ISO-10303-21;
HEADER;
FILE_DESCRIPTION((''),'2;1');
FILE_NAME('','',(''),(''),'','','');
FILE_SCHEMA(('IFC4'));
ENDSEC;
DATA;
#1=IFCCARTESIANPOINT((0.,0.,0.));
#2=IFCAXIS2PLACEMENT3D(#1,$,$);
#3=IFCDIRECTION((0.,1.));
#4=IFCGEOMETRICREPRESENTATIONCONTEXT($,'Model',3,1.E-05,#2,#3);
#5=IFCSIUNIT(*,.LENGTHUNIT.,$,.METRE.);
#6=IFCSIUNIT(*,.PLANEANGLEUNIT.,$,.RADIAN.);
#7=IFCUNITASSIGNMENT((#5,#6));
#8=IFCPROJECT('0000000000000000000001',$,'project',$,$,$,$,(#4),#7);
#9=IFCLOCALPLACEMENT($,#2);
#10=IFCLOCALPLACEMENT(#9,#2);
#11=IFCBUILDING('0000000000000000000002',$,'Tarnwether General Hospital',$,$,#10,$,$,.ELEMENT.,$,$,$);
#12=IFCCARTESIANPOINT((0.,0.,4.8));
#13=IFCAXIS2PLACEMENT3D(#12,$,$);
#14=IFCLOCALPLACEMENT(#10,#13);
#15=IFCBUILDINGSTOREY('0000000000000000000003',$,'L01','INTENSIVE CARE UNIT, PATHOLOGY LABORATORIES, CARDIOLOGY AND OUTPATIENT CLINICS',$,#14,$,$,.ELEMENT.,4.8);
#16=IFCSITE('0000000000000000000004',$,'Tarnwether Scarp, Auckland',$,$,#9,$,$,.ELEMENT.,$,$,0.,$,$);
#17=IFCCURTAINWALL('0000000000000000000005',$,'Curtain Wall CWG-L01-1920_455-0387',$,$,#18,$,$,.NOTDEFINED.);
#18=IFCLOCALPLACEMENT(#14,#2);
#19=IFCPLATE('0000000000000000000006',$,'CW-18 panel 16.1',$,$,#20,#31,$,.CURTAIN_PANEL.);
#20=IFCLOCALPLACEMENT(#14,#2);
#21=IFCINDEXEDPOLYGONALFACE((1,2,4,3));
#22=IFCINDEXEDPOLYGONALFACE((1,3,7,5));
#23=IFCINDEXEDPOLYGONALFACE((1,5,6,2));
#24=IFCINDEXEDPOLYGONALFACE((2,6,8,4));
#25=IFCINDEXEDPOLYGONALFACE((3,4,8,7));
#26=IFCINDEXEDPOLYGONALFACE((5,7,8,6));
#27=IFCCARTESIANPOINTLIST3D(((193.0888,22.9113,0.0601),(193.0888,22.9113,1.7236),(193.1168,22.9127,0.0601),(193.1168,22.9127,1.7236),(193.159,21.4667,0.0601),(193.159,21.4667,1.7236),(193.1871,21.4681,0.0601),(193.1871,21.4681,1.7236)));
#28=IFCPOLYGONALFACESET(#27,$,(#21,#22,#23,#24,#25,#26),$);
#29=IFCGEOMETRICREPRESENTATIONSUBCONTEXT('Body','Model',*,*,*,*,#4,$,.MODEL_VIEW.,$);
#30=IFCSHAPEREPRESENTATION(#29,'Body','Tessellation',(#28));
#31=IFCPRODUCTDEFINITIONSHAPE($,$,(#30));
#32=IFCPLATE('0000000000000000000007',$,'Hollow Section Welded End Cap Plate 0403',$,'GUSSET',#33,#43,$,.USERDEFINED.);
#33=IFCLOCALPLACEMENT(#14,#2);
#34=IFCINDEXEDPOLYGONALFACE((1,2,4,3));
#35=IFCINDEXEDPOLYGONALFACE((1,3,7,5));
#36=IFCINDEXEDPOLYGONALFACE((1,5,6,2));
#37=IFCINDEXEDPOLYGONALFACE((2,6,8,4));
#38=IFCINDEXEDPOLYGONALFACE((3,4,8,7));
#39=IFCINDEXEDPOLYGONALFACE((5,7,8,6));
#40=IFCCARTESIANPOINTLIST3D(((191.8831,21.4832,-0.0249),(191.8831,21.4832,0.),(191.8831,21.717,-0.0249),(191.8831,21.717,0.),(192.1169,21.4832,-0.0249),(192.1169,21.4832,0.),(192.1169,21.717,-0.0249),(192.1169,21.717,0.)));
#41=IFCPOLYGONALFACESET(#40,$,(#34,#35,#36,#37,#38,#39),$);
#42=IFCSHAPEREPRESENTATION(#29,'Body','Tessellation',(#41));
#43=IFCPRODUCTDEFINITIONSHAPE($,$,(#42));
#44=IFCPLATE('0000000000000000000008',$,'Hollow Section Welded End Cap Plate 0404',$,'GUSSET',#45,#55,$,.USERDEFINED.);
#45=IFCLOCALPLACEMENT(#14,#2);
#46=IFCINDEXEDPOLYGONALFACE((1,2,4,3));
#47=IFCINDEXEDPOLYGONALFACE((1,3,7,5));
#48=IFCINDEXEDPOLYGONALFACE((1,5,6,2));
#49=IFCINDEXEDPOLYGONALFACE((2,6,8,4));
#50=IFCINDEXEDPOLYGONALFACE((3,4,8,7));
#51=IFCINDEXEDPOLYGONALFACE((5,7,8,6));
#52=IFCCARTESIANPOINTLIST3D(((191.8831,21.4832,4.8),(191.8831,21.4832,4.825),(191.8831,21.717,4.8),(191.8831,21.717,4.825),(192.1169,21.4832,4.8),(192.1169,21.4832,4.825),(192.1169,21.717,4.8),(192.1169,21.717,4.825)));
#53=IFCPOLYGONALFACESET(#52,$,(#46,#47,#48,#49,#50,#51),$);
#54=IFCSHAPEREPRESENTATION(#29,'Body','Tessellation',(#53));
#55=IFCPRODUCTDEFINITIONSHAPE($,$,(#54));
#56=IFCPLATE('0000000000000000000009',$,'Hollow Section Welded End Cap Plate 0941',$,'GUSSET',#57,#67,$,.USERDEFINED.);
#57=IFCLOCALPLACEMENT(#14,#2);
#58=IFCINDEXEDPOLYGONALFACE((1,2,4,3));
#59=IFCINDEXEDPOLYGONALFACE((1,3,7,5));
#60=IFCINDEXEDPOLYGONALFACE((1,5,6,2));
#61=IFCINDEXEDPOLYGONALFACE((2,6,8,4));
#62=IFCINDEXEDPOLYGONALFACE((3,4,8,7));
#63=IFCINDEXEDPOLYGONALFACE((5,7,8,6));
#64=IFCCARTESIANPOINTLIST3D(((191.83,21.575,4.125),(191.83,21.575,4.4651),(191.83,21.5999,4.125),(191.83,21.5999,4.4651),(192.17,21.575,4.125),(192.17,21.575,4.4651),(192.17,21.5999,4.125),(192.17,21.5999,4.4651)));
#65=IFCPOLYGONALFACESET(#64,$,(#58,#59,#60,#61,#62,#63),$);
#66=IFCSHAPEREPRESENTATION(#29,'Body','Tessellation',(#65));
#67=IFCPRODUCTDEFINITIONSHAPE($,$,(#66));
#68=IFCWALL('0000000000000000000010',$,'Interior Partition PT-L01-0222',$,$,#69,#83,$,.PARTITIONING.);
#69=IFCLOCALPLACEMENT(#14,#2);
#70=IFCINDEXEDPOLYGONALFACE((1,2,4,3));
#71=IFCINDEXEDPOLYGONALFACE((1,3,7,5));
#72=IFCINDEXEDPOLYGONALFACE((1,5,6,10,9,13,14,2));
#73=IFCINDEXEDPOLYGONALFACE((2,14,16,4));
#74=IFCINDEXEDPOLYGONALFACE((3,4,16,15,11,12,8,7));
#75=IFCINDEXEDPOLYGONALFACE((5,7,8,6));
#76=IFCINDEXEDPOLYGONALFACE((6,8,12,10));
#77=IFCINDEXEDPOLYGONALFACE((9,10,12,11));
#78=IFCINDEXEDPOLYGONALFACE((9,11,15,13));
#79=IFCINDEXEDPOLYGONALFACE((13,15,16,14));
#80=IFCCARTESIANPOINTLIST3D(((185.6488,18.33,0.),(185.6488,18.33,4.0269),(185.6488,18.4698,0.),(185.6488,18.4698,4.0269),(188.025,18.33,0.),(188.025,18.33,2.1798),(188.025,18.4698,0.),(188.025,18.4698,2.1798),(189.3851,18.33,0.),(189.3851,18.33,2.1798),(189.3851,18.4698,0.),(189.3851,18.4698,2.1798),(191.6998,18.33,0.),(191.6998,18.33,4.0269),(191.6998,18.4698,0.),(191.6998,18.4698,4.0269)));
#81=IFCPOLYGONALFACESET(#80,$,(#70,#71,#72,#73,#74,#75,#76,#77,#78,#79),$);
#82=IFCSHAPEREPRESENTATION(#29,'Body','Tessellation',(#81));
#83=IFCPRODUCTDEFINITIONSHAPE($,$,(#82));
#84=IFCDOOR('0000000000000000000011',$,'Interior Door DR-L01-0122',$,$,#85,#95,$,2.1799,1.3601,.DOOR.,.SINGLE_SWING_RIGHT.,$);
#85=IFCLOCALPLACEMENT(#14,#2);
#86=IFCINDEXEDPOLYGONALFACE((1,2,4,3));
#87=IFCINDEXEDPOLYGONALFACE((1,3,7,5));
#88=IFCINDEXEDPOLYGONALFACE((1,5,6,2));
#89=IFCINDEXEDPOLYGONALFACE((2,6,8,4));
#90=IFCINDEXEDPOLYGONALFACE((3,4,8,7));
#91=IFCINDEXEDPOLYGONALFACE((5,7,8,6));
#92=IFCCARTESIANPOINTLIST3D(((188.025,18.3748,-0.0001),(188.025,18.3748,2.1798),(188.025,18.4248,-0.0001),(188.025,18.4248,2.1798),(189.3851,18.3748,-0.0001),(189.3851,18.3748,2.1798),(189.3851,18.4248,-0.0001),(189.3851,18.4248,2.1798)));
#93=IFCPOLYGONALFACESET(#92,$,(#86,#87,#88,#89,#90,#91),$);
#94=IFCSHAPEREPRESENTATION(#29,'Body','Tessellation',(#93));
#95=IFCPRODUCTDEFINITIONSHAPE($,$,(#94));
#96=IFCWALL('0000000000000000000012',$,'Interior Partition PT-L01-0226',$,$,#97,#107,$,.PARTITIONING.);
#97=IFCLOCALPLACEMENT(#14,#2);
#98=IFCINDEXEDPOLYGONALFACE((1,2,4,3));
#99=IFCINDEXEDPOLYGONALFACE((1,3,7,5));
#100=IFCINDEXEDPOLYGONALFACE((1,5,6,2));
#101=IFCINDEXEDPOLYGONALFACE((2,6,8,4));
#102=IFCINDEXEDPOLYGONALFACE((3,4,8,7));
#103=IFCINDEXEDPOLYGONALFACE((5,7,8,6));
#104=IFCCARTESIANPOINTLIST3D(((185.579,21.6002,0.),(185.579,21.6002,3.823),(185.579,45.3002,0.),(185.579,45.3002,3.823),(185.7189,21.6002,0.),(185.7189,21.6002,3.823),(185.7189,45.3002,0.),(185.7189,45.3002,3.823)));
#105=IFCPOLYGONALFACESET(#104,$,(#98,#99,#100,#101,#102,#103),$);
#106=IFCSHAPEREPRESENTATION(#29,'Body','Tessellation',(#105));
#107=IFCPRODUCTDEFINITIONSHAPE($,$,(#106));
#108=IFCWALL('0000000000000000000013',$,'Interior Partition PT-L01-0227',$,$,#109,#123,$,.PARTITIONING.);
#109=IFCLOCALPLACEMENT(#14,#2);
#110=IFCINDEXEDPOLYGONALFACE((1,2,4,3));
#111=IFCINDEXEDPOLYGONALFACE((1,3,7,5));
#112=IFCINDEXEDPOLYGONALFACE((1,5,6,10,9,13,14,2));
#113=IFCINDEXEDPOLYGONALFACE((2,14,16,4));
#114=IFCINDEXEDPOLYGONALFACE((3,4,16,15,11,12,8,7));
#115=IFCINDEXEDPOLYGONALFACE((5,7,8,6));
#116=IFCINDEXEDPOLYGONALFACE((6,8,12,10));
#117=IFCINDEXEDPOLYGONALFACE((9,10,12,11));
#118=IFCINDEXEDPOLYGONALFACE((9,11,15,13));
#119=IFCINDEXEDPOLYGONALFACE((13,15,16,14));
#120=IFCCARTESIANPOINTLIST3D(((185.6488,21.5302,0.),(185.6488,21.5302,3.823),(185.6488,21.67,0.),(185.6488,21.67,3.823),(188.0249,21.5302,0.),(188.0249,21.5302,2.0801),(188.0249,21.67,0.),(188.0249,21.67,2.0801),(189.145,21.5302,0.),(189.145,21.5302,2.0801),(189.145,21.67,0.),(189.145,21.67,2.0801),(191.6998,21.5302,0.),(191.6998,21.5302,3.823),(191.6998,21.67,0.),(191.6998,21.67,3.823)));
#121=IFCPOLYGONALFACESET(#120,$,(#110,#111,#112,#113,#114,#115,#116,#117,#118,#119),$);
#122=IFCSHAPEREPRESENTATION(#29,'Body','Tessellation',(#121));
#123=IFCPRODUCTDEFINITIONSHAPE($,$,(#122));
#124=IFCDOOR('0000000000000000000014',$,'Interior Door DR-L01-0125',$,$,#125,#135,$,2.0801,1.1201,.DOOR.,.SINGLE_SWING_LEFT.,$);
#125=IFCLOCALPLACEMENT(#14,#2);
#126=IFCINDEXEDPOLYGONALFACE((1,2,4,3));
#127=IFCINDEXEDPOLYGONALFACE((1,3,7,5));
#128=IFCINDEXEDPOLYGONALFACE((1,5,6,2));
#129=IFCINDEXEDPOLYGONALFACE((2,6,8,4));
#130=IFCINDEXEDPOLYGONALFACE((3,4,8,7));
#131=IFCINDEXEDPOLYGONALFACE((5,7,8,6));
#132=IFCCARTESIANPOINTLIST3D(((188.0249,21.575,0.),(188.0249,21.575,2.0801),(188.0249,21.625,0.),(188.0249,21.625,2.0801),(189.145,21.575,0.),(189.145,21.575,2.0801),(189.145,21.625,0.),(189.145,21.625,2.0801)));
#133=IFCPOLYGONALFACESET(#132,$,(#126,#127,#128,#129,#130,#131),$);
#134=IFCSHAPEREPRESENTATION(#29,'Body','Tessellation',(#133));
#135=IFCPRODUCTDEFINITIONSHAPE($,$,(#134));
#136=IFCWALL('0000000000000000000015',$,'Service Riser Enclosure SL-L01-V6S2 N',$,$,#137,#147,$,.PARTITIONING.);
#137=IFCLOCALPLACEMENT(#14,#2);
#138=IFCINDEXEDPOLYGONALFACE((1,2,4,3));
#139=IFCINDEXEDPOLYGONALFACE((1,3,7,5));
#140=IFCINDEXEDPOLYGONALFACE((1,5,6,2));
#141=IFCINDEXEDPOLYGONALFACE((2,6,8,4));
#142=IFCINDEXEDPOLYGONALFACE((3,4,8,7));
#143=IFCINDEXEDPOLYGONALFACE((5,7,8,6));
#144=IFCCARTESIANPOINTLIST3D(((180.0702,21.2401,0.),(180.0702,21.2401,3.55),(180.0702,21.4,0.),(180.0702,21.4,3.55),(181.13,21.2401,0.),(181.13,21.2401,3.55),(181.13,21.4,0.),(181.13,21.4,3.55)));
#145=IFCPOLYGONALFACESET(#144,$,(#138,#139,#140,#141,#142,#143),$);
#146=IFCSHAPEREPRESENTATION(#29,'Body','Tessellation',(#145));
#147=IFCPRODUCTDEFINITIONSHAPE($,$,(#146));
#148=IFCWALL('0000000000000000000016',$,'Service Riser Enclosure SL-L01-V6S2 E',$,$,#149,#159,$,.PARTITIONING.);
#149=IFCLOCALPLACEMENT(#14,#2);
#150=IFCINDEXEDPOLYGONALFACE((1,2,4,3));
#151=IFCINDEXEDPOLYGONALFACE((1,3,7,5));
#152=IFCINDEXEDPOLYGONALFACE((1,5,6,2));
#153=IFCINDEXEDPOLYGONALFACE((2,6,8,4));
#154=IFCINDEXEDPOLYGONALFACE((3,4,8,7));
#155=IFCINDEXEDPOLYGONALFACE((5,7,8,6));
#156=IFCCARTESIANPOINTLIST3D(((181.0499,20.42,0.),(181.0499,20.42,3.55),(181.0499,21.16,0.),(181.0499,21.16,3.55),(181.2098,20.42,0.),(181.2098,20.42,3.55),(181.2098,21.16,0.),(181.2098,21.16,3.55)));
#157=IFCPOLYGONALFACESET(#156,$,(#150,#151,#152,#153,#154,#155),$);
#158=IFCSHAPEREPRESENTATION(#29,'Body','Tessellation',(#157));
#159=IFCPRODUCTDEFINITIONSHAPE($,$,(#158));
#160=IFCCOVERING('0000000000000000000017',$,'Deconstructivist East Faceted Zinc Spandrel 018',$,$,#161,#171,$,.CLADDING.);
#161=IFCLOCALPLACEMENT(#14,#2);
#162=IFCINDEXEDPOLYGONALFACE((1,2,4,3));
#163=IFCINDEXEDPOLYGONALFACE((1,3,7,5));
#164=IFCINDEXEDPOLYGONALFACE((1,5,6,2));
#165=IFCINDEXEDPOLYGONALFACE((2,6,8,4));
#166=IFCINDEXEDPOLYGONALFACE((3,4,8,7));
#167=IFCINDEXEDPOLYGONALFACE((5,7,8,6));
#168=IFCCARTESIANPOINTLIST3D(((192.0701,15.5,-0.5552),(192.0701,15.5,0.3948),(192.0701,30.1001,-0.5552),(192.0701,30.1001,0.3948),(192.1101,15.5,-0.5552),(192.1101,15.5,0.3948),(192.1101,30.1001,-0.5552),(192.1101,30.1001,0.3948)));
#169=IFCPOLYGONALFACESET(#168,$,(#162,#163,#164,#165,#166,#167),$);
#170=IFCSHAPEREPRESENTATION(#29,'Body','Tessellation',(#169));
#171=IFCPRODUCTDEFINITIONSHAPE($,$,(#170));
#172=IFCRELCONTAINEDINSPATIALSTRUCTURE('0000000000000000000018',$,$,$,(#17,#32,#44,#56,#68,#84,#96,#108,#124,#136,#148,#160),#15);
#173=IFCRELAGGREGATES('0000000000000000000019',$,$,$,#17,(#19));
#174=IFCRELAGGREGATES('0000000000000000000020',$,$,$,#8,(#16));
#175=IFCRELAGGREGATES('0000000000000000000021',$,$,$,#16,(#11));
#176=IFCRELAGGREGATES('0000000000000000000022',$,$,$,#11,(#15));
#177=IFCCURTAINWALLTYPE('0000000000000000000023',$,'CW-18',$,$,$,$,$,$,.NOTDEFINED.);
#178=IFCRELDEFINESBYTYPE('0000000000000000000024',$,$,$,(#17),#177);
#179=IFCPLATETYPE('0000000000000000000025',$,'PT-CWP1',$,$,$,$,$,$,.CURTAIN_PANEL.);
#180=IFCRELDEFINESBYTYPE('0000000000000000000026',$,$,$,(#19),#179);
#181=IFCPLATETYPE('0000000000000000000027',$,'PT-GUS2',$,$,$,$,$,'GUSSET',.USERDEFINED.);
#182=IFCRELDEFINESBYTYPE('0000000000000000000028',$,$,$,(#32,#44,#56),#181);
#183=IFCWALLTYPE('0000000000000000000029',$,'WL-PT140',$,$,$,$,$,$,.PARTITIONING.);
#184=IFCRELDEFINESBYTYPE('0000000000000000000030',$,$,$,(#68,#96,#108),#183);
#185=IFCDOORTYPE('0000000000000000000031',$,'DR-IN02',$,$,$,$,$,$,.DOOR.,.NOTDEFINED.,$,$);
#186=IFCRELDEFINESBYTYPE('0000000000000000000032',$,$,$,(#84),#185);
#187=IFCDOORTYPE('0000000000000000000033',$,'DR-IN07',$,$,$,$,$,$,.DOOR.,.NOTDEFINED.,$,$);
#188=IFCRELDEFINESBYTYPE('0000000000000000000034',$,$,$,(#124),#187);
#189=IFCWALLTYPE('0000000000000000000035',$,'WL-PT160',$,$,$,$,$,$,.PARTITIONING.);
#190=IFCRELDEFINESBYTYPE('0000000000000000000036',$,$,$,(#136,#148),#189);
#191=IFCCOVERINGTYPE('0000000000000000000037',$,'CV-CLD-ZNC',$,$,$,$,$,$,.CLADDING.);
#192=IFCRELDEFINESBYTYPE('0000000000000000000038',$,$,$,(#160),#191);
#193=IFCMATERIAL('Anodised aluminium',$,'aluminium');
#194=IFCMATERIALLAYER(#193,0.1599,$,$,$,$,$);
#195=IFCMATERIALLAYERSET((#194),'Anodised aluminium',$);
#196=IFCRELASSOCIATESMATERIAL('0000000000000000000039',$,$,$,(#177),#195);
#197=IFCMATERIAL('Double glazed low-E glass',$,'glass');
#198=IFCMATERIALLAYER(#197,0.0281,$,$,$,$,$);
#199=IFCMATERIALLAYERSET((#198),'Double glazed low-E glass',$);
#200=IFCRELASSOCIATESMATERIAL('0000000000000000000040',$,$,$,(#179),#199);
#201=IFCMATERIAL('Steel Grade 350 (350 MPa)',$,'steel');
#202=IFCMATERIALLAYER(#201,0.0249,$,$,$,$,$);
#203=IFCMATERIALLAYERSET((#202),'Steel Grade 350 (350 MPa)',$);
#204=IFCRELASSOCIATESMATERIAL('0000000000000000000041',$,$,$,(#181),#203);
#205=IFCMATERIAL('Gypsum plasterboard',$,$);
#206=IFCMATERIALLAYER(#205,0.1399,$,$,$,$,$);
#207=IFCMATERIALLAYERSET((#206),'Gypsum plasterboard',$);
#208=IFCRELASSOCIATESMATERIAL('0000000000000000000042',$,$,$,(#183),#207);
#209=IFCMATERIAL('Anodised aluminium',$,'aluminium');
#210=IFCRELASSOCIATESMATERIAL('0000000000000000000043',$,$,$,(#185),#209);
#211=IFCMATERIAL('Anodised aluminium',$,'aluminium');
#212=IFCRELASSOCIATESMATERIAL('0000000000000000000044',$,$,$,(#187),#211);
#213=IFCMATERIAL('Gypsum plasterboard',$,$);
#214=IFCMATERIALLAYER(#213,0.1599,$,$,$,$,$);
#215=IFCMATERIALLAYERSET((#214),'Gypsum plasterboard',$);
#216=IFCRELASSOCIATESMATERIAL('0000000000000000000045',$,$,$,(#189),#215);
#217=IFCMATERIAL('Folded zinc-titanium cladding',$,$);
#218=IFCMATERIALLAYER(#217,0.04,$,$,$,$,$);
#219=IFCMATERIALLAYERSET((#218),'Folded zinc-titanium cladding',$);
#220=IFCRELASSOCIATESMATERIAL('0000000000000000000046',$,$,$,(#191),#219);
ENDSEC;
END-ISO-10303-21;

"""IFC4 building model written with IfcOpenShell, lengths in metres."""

from ifc_helpers import new_model, si_unit, direction, frame, frame_2d, origin, origin_2d, place, context, subcontext, project, spatial, rectangle, extrude, material, layer, layer_set, type_object, element, fill, aggregate, save


model = new_model("IFC4")

# Units and contexts
model_context = context("Model", 3, precision=1e-05, world=origin(), true_north=direction((0.0, 1.0)))
body_context = subcontext(model_context, "Body", "Model", "MODEL_VIEW")
ifc_project = project(units=[si_unit("LENGTHUNIT", "METRE"), si_unit("PLANEANGLEUNIT", "RADIAN")], contexts=[model_context])

# Site, building, storey
site_placement = place(None, origin())
site = spatial("IfcSite", under=ifc_project, at=site_placement, Name="Tarnwether Scarp, Auckland", CompositionType="ELEMENT", RefElevation=0.0)
building_placement = place(site_placement, origin())
building = spatial("IfcBuilding", under=site, at=building_placement, Name="Tarnwether General Hospital", CompositionType="ELEMENT")
storey_placement = place(building_placement, frame((0.0, 0.0, 4.8)))
storey = spatial("IfcBuildingStorey", under=building, at=storey_placement, Name="L01", Description="INTENSIVE CARE UNIT, PATHOLOGY LABORATORIES, CARDIOLOGY AND OUTPATIENT CLINICS", CompositionType="ELEMENT", Elevation=4.8)

# Curtain wall, plate
ifc_material_1 = material(Name="Anodised aluminium", Category="aluminium")
ifc_layer_1 = layer(ifc_material_1, 0.1599)
ifc_layer_set_1 = layer_set([ifc_layer_1], Name="Anodised aluminium")
curtain_wall_type = type_object("IfcCurtainWallType", Name="CW-18", PredefinedType="NOTDEFINED", material=ifc_layer_set_1)
curtain_wall_placement = place(storey_placement, origin())
curtain_wall = element("IfcCurtainWall", 1, at=curtain_wall_placement, inside=storey, type_object=curtain_wall_type, Name="Curtain Wall CWG-L01-1920_455-0387", PredefinedType="NOTDEFINED")
ifc_material_2 = material(Name="Double glazed low-E glass", Category="glass")
ifc_layer_2 = layer(ifc_material_2, 0.0281)
ifc_layer_set_2 = layer_set([ifc_layer_2], Name="Double glazed low-E glass")
plate_type_1 = type_object("IfcPlateType", Name="PT-CWP1", PredefinedType="CURTAIN_PANEL", material=ifc_layer_set_2)
plate_1_placement = place(storey_placement, frame((193.1379, 22.1897, 0.0601), z_axis=(0.0, 0.0, 1.0), x_axis=(0.04857, -0.99882, 0.0)))
plate_1 = element("IfcPlate", 2, at=plate_1_placement, type_object=plate_type_1, Name="CW-18 panel 16.1", PredefinedType="CURTAIN_PANEL", context=body_context, shape_type="SweptSolid", body=[
    extrude(rectangle(XDim=1.4463, YDim=0.0281, at=origin_2d()), origin(), (0.0, 0.0, 1.0), 1.6636),
])
aggregate(curtain_wall, [plate_1])

# Plates
ifc_material_3 = material(Name="Steel Grade 350 (350 MPa)", Category="steel")
ifc_layer_3 = layer(ifc_material_3, 0.0249)
ifc_layer_set_3 = layer_set([ifc_layer_3], Name="Steel Grade 350 (350 MPa)")
plate_type_2 = type_object("IfcPlateType", Name="PT-GUS2", ElementType="GUSSET", PredefinedType="USERDEFINED", material=ifc_layer_set_3)
for number, where, z_axis, x_axis, name in (
    (3, (192.0, 21.6001, -0.0249), (0.0, 0.0, 1.0), (1.0, 0.0, 0.0), "Hollow Section Welded End Cap Plate 0403"),
    (4, (192.0, 21.6001, 4.8), (0.0, 0.0, 1.0), (1.0, 0.0, 0.0), "Hollow Section Welded End Cap Plate 0404"),
):
    element("IfcPlate", number, at=place(storey_placement, frame(where, z_axis=z_axis, x_axis=x_axis)), inside=storey, type_object=plate_type_2, Name=name, ObjectType="GUSSET", PredefinedType="USERDEFINED", context=body_context, shape_type="SweptSolid", body=[
        extrude(rectangle(XDim=0.2339, YDim=0.2339, at=origin_2d()), origin(), (0.0, 0.0, 1.0), 0.0249),
    ])
plate_2_placement = place(storey_placement, frame((192.0, 21.5874, 4.125), z_axis=(0.0, 0.0, 1.0), x_axis=(0.0, 1.0, 0.0)))
element("IfcPlate", 5, at=plate_2_placement, inside=storey, type_object=plate_type_2, Name="Hollow Section Welded End Cap Plate 0941", ObjectType="GUSSET", PredefinedType="USERDEFINED", context=body_context, shape_type="SweptSolid", body=[
    extrude(rectangle(XDim=0.0249, YDim=0.3401, at=origin_2d()), origin(), (0.0, 0.0, 1.0), 0.3401),
])

# Wall, opening, door
ifc_material_4 = material(Name="Gypsum plasterboard")
ifc_layer_4 = layer(ifc_material_4, 0.1399)
ifc_layer_set_4 = layer_set([ifc_layer_4], Name="Gypsum plasterboard")
wall_type_1 = type_object("IfcWallType", Name="WL-PT140", PredefinedType="PARTITIONING", material=ifc_layer_set_4)
wall_1_placement = place(storey_placement, frame((185.6489, 18.3999, 0.0), z_axis=(0.0, 0.0, 1.0), x_axis=(1.0, 0.0, 0.0)))
wall_1 = element("IfcWall", 6, at=wall_1_placement, inside=storey, type_object=wall_type_1, Name="Interior Partition PT-L01-0222", PredefinedType="PARTITIONING", context=body_context, shape_type="SweptSolid", body=[
    extrude(rectangle(XDim=6.051, YDim=0.1399, at=frame_2d((3.0254, 0.0))), origin(), (0.0, 0.0, 1.0), 4.0269),
])
opening_1_placement = place(wall_1_placement, frame((2.376, 0.0, 0.0)))
opening_1 = element("IfcOpeningElement", 7, at=opening_1_placement, cuts=wall_1, PredefinedType="OPENING", context=body_context, shape_type="SweptSolid", body=[
    extrude(rectangle(XDim=1.3601, YDim=2.1799, at=frame_2d((0.6802, 1.0898))), frame((0.0, 0.0801, 0.0), z_axis=(0.0, -1.0, 0.0), x_axis=(1.0, 0.0, 0.0)), (0.0, 0.0, 1.0), 0.1599),
])
ifc_material_5 = material(Name="Anodised aluminium", Category="aluminium")
door_type_1 = type_object("IfcDoorType", Name="DR-IN02", OperationType="NOTDEFINED", PredefinedType="DOOR", material=ifc_material_5)
door_1_placement = place(opening_1_placement, origin())
door_1 = element("IfcDoor", 8, at=door_1_placement, inside=storey, type_object=door_type_1, Name="Interior Door DR-L01-0122", OperationType="SINGLE_SWING_RIGHT", OverallHeight=2.1799, OverallWidth=1.3601, PredefinedType="DOOR", context=body_context, shape_type="SweptSolid", body=[
    extrude(rectangle(XDim=1.3601, YDim=2.1799, at=frame_2d((0.6802, 1.0898))), frame((0.0, 0.0249, 0.0), z_axis=(0.0, -1.0, 0.0), x_axis=(1.0, 0.0, 0.0)), (0.0, 0.0, 1.0), 0.05),
])
fill(opening_1, door_1)

# Wall
wall_2_placement = place(storey_placement, frame((185.6489, 21.6001, 0.0), z_axis=(0.0, 0.0, 1.0), x_axis=(0.0, 1.0, 0.0)))
element("IfcWall", 9, at=wall_2_placement, inside=storey, type_object=wall_type_1, Name="Interior Partition PT-L01-0226", PredefinedType="PARTITIONING", context=body_context, shape_type="SweptSolid", body=[
    extrude(rectangle(XDim=23.7, YDim=0.1399, at=frame_2d((11.8501, 0.0))), origin(), (0.0, 0.0, 1.0), 3.823),
])

# Wall, opening, door
wall_3_placement = place(storey_placement, frame((185.6489, 21.6001, 0.0), z_axis=(0.0, 0.0, 1.0), x_axis=(1.0, 0.0, 0.0)))
wall_3 = element("IfcWall", 10, at=wall_3_placement, inside=storey, type_object=wall_type_1, Name="Interior Partition PT-L01-0227", PredefinedType="PARTITIONING", context=body_context, shape_type="SweptSolid", body=[
    extrude(rectangle(XDim=6.051, YDim=0.1399, at=frame_2d((3.0254, 0.0))), origin(), (0.0, 0.0, 1.0), 3.823),
])
opening_2_placement = place(wall_3_placement, frame((2.376, 0.0, 0.0)))
opening_2 = element("IfcOpeningElement", 11, at=opening_2_placement, cuts=wall_3, PredefinedType="OPENING", context=body_context, shape_type="SweptSolid", body=[
    extrude(rectangle(XDim=1.1201, YDim=2.0801, at=frame_2d((0.5601, 1.04))), frame((0.0, 0.0801, 0.0), z_axis=(0.0, -1.0, 0.0), x_axis=(1.0, 0.0, 0.0)), (0.0, 0.0, 1.0), 0.1599),
])
ifc_material_6 = material(Name="Anodised aluminium", Category="aluminium")
door_type_2 = type_object("IfcDoorType", Name="DR-IN07", OperationType="NOTDEFINED", PredefinedType="DOOR", material=ifc_material_6)
door_2_placement = place(opening_2_placement, origin())
door_2 = element("IfcDoor", 12, at=door_2_placement, inside=storey, type_object=door_type_2, Name="Interior Door DR-L01-0125", OperationType="SINGLE_SWING_LEFT", OverallHeight=2.0801, OverallWidth=1.1201, PredefinedType="DOOR", context=body_context, shape_type="SweptSolid", body=[
    extrude(rectangle(XDim=1.1201, YDim=2.0801, at=frame_2d((0.5601, 1.04))), frame((0.0, 0.0249, 0.0), z_axis=(0.0, -1.0, 0.0), x_axis=(1.0, 0.0, 0.0)), (0.0, 0.0, 1.0), 0.05),
])
fill(opening_2, door_2)

# Walls
ifc_material_7 = material(Name="Gypsum plasterboard")
ifc_layer_5 = layer(ifc_material_7, 0.1599)
ifc_layer_set_5 = layer_set([ifc_layer_5], Name="Gypsum plasterboard")
wall_type_2 = type_object("IfcWallType", Name="WL-PT160", PredefinedType="PARTITIONING", material=ifc_layer_set_5)
wall_4_placement = place(storey_placement, frame((181.1299, 21.3201, 0.0), z_axis=(0.0, 0.0, 1.0), x_axis=(-1.0, 0.0, 0.0)))
element("IfcWall", 13, at=wall_4_placement, inside=storey, type_object=wall_type_2, Name="Service Riser Enclosure SL-L01-V6S2 N", PredefinedType="PARTITIONING", context=body_context, shape_type="SweptSolid", body=[
    extrude(rectangle(XDim=1.0598, YDim=0.1599, at=frame_2d((0.5298, 0.0))), origin(), (0.0, 0.0, 1.0), 3.55),
])
wall_5_placement = place(storey_placement, frame((181.1299, 20.4199, 0.0), z_axis=(0.0, 0.0, 1.0), x_axis=(0.0, 1.0, 0.0)))
element("IfcWall", 14, at=wall_5_placement, inside=storey, type_object=wall_type_2, Name="Service Riser Enclosure SL-L01-V6S2 E", PredefinedType="PARTITIONING", context=body_context, shape_type="SweptSolid", body=[
    extrude(rectangle(XDim=0.74, YDim=0.1599, at=frame_2d((0.3701, 0.0))), origin(), (0.0, 0.0, 1.0), 3.55),
])

# Covering
ifc_material_8 = material(Name="Folded zinc-titanium cladding")
ifc_layer_6 = layer(ifc_material_8, 0.04)
ifc_layer_set_6 = layer_set([ifc_layer_6], Name="Folded zinc-titanium cladding")
covering_type = type_object("IfcCoveringType", Name="CV-CLD-ZNC", PredefinedType="CLADDING", material=ifc_layer_set_6)
covering_placement = place(storey_placement, frame((192.0901, 22.8, -0.5552), z_axis=(0.0, 0.0, 1.0), x_axis=(0.0, 1.0, 0.0)))
element("IfcCovering", 15, at=covering_placement, inside=storey, type_object=covering_type, Name="Deconstructivist East Faceted Zinc Spandrel 018", PredefinedType="CLADDING", context=body_context, shape_type="SweptSolid", body=[
    extrude(rectangle(XDim=14.6001, YDim=0.04, at=origin_2d()), origin(), (0.0, 0.0, 1.0), 0.95),
])

save(model, "model.ifc")
